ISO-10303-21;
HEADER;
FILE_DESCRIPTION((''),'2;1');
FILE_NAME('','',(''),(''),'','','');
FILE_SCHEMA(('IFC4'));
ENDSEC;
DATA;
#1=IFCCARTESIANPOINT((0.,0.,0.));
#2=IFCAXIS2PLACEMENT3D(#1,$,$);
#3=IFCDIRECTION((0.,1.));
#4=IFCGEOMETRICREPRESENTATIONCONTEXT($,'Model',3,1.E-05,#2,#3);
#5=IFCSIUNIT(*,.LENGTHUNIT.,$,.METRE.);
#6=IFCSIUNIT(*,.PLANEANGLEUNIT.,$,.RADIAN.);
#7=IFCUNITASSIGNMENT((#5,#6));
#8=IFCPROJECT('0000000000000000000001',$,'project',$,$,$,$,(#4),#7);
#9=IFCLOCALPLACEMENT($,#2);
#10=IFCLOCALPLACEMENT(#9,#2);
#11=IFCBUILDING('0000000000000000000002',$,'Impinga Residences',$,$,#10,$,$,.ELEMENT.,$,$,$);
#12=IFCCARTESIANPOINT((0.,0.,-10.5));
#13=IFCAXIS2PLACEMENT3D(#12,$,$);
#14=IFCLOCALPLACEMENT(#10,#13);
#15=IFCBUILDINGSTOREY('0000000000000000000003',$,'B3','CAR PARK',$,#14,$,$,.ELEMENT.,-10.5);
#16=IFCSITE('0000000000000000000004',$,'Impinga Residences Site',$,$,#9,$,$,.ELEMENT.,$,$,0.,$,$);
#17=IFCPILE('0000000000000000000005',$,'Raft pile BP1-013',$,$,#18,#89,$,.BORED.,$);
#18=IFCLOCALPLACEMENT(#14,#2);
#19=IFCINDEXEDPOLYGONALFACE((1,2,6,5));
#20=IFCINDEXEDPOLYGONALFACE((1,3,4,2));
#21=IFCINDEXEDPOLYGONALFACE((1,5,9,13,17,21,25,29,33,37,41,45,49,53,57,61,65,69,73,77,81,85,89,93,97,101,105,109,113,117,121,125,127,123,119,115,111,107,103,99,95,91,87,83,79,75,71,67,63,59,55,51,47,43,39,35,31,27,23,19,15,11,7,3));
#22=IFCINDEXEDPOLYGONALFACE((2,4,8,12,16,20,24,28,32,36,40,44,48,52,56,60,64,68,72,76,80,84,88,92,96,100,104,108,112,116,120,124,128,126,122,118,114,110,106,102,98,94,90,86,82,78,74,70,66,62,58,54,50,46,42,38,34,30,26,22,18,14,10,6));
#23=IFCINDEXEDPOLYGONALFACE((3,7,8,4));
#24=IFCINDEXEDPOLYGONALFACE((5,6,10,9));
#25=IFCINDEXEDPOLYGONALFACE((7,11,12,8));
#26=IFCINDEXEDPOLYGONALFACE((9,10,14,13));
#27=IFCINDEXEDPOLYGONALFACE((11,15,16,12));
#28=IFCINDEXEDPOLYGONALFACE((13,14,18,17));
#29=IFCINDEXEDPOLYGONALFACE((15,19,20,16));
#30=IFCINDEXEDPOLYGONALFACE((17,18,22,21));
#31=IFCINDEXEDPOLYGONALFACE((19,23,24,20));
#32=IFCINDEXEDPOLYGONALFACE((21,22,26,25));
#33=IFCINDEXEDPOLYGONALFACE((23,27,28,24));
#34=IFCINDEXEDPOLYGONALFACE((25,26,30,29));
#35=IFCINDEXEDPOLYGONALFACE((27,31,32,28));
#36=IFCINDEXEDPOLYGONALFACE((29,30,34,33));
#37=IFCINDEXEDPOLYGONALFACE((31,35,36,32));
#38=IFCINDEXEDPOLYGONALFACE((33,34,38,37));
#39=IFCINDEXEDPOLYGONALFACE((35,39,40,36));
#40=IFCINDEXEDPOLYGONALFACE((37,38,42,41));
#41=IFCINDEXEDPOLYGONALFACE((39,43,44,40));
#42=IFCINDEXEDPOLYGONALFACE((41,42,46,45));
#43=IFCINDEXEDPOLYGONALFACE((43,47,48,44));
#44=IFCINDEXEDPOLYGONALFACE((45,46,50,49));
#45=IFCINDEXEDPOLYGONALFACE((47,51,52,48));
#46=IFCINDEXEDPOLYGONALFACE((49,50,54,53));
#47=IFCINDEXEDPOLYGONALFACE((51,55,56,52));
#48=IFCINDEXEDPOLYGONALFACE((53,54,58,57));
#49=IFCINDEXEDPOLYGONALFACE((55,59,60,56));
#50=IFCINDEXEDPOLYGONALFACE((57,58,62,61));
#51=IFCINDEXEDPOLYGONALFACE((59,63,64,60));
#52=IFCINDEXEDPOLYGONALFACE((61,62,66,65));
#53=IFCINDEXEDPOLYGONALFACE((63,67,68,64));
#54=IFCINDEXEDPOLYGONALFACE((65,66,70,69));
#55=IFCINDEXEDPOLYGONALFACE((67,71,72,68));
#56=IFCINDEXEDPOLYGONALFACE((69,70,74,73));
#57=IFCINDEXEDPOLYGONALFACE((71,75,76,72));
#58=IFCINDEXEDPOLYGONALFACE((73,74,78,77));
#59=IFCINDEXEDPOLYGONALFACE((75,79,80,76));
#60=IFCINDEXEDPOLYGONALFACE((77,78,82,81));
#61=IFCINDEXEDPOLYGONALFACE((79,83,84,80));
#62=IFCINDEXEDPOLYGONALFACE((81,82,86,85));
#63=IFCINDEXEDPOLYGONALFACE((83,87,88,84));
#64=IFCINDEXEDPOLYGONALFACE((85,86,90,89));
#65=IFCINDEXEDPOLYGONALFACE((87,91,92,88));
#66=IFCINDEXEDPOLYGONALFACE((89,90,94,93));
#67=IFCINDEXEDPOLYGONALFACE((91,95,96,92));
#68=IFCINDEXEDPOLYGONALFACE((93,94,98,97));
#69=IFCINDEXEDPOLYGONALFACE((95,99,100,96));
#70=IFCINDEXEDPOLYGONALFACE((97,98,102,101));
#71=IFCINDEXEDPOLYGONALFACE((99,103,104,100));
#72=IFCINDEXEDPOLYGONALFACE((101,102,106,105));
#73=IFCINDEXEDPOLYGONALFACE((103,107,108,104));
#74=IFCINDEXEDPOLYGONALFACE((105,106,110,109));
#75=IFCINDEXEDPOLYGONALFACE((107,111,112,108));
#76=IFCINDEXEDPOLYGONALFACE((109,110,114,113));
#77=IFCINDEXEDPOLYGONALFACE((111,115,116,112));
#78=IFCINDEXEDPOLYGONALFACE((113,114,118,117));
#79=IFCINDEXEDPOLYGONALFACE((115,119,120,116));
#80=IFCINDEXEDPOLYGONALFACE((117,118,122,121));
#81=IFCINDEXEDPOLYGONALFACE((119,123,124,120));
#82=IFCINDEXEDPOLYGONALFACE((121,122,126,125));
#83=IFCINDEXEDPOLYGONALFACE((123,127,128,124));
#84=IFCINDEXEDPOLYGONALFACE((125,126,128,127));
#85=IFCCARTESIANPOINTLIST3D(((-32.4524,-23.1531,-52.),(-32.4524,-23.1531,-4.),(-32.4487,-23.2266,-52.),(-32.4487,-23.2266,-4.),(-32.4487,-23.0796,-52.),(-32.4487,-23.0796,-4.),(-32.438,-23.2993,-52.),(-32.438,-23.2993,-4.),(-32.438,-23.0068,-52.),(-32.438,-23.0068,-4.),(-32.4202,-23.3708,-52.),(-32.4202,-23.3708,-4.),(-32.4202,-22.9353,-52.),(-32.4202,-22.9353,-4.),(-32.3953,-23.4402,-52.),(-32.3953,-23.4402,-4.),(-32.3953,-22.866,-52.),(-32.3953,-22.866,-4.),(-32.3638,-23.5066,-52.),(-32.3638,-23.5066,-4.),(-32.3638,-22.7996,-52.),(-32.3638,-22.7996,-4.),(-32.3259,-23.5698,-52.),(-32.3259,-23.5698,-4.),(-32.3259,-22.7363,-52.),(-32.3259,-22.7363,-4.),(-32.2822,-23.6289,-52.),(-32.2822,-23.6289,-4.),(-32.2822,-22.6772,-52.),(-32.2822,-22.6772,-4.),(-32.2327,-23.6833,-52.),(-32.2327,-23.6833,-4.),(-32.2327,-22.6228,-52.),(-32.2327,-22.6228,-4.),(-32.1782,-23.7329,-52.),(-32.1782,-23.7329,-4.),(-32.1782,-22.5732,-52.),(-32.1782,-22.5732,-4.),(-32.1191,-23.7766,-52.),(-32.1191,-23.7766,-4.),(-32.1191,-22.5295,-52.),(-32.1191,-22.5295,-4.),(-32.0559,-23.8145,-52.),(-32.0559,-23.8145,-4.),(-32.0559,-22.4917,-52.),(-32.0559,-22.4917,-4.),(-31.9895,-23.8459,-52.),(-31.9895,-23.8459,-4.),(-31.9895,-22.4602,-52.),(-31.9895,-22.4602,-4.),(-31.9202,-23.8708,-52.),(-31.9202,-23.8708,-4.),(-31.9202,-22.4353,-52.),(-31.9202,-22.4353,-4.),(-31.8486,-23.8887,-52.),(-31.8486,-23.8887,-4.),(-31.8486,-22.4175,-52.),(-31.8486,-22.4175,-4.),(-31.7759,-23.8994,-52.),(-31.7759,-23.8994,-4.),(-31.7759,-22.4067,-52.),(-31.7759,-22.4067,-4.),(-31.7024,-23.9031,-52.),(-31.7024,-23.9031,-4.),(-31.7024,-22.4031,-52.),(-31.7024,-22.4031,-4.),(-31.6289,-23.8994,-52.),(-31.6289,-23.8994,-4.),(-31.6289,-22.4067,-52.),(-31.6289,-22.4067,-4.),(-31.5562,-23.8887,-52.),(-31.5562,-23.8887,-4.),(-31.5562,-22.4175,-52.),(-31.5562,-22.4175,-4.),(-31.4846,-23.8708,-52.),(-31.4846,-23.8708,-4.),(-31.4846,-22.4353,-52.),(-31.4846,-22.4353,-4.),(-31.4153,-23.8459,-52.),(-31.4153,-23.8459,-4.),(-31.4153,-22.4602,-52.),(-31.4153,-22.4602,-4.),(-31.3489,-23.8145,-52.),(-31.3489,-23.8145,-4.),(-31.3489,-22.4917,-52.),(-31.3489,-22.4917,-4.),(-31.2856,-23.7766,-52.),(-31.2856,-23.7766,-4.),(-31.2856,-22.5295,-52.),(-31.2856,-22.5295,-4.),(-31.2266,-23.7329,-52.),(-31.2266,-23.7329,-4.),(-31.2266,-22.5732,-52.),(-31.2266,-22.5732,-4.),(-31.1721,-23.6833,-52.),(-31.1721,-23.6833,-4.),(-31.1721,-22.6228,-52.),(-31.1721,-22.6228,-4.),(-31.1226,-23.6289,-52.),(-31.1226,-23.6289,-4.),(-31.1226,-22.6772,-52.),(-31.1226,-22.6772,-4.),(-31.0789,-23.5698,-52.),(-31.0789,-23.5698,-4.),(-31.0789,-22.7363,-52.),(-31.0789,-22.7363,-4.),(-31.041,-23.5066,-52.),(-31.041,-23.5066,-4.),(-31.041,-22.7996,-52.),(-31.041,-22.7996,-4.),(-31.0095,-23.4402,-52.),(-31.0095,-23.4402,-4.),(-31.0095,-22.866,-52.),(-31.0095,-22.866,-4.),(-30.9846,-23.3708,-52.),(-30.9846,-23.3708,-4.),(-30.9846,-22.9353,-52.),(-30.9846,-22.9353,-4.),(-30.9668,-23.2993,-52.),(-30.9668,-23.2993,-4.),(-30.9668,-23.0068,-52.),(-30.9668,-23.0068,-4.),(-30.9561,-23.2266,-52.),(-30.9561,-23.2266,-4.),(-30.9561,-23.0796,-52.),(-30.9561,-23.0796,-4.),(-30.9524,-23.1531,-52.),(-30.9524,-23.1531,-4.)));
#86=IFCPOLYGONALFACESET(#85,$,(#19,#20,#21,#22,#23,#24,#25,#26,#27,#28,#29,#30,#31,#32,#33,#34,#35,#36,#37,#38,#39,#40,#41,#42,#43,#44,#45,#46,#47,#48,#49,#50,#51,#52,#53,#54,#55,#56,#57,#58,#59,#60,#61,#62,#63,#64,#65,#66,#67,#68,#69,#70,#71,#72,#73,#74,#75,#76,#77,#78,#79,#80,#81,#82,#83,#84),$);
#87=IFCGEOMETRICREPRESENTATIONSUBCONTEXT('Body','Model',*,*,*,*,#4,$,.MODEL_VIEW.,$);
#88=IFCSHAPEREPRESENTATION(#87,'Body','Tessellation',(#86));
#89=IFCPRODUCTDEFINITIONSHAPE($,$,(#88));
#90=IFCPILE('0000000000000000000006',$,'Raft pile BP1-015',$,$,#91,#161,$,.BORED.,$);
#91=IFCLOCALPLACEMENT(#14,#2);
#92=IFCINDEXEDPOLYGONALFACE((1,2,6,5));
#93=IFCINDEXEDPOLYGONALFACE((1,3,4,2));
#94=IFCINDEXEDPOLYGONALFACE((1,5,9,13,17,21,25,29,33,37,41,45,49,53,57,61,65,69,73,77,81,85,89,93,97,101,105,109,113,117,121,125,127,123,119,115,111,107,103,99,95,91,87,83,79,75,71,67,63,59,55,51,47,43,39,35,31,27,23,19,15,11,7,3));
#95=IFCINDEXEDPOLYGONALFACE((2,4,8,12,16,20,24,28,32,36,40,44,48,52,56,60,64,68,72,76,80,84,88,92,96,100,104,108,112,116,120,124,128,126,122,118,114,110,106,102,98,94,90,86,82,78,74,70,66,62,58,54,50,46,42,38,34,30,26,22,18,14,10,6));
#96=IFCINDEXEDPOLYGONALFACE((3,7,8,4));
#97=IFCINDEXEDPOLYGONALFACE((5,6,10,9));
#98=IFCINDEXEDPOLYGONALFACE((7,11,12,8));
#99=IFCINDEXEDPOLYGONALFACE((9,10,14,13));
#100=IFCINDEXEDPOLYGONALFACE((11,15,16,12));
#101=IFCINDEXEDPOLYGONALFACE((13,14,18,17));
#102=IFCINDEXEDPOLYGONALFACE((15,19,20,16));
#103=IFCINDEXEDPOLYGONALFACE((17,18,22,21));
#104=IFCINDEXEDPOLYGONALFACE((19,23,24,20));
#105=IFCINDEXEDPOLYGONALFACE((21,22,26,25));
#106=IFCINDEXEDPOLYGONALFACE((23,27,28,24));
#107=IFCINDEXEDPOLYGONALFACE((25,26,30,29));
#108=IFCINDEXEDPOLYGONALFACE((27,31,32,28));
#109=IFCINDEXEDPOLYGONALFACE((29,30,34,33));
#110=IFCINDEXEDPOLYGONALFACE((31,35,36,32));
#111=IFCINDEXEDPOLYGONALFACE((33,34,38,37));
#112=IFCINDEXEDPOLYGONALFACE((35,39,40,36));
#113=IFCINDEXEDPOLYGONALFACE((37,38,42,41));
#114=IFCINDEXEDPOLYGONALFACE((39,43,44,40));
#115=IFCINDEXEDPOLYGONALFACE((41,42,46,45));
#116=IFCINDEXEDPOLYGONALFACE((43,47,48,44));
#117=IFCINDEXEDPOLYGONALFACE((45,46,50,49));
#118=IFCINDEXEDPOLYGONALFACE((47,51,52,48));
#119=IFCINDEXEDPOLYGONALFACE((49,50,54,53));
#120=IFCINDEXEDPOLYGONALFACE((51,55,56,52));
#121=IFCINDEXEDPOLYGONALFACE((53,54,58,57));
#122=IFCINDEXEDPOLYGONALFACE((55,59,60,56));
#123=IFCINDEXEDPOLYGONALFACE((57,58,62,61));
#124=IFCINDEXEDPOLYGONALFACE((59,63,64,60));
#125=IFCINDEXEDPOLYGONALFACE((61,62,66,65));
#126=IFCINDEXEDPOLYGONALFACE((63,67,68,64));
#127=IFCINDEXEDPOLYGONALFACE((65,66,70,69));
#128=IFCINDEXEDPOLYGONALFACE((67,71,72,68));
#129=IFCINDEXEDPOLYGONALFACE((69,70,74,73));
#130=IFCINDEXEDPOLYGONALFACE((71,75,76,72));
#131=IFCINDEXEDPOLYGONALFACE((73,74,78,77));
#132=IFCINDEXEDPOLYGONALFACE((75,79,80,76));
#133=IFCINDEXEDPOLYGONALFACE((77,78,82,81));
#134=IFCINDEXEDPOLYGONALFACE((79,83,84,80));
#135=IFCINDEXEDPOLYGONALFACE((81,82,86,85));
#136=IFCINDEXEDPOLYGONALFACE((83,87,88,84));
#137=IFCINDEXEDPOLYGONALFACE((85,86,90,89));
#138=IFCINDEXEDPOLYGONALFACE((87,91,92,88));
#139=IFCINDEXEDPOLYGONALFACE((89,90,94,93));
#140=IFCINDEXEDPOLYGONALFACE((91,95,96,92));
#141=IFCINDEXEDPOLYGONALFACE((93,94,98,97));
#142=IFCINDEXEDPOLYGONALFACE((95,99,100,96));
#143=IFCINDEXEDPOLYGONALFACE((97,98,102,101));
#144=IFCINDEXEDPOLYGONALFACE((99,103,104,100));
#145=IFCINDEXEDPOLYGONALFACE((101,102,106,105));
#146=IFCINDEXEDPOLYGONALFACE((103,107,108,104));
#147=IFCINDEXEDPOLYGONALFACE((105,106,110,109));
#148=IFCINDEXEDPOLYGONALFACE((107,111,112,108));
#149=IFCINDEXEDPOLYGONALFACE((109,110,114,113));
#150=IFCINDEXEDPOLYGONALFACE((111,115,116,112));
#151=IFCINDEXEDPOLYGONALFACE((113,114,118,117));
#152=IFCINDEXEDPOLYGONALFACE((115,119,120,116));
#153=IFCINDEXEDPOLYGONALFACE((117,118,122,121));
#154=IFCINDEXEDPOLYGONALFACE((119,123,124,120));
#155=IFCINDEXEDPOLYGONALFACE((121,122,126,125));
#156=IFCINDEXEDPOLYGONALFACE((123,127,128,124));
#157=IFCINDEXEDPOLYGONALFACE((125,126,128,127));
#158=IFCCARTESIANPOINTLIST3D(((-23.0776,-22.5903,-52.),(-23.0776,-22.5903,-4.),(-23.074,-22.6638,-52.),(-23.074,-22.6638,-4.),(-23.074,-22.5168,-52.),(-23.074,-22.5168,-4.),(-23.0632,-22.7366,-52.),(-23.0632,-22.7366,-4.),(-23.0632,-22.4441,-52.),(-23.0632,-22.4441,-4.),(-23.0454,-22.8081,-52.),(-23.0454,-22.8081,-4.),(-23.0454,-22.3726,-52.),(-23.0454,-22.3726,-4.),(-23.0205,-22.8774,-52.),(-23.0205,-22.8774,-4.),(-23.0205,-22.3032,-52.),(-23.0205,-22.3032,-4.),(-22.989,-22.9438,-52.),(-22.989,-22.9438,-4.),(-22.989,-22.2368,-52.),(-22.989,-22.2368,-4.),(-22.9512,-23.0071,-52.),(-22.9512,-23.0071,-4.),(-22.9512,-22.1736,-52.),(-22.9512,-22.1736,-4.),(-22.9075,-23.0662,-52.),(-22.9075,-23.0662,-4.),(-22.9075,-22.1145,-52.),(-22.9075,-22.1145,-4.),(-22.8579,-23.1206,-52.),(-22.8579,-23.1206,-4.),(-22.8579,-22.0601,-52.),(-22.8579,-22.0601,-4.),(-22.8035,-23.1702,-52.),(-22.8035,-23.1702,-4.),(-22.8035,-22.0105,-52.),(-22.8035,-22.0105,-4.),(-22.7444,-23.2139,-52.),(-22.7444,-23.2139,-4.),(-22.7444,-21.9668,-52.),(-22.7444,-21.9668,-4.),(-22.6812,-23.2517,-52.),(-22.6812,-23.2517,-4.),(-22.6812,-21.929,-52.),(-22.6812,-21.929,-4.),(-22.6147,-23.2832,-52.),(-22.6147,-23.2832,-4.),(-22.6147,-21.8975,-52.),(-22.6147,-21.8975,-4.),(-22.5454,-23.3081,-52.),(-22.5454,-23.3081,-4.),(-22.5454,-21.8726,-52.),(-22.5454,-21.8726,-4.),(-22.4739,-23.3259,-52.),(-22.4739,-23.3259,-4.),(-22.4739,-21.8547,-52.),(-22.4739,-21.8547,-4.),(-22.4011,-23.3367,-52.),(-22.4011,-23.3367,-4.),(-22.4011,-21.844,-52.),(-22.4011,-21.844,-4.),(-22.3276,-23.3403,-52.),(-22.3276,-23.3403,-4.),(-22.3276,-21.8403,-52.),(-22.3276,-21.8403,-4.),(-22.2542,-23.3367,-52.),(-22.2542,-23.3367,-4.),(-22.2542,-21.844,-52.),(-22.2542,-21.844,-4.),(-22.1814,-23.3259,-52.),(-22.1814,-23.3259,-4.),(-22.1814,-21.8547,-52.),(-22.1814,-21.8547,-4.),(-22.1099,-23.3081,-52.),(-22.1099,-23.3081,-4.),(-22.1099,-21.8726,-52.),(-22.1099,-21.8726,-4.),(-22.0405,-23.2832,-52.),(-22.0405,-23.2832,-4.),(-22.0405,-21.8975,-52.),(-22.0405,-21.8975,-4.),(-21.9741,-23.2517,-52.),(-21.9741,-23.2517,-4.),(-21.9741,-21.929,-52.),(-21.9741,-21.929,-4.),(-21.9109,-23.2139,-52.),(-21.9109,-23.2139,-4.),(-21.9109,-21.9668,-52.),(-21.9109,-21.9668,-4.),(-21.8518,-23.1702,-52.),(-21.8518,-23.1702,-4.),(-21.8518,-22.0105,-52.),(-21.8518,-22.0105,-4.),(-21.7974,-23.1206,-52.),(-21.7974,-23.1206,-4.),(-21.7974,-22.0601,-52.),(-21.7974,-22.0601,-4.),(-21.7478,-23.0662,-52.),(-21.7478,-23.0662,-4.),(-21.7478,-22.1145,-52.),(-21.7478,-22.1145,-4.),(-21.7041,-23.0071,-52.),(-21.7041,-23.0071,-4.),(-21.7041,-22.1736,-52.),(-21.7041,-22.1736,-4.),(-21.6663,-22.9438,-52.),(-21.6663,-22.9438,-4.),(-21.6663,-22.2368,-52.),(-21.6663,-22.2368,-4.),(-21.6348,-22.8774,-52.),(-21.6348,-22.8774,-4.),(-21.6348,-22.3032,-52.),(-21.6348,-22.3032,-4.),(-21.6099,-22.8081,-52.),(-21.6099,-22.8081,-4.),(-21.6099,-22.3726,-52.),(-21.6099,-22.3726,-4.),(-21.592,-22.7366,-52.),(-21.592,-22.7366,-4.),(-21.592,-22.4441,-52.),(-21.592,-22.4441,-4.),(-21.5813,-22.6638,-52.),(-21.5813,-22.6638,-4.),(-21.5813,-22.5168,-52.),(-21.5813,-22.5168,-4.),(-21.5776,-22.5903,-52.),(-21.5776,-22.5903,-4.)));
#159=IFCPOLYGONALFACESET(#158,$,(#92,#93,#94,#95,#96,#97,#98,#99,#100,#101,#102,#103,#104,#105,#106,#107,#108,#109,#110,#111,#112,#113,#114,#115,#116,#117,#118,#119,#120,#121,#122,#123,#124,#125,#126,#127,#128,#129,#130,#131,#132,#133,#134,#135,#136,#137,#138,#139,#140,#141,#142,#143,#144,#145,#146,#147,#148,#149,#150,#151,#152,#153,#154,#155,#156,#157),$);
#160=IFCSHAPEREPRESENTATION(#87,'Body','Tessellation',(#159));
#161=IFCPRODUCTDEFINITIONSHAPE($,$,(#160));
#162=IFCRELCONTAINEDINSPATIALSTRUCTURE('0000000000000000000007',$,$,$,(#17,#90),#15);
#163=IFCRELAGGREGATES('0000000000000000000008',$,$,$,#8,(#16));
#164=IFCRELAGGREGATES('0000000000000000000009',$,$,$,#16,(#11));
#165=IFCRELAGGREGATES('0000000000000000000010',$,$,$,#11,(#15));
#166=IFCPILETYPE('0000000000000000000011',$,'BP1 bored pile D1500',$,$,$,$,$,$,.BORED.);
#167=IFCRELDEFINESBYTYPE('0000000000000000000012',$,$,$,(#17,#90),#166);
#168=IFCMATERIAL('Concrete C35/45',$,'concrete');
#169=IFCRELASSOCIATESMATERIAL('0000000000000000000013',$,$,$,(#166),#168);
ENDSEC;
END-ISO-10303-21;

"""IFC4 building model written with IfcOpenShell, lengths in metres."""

from ifc_helpers import new_model, si_unit, direction, frame, origin, origin_2d, place, context, subcontext, project, spatial, polyline, circle, outline, extrude, material, material_profile, profile_set, type_object, element, save


model = new_model("IFC4")

# Units and contexts
model_context = context("Model", 3, precision=1e-05, world=origin(), true_north=direction((0.0, 1.0)))
body_context = subcontext(model_context, "Body", "Model", "MODEL_VIEW")
ifc_project = project(units=[si_unit("LENGTHUNIT", "METRE"), si_unit("PLANEANGLEUNIT", "RADIAN")], contexts=[model_context])

# Site, building, storey
site_placement = place(None, origin())
site = spatial("IfcSite", under=ifc_project, at=site_placement, Name="Impinga Residences Site", CompositionType="ELEMENT", RefElevation=0.0)
building_placement = place(site_placement, origin())
building = spatial("IfcBuilding", under=site, at=building_placement, Name="Impinga Residences", CompositionType="ELEMENT")
storey_placement = place(building_placement, frame((0.0, 0.0, -10.5)))
storey = spatial("IfcBuildingStorey", under=building, at=storey_placement, Name="B3", Description="CAR PARK", CompositionType="ELEMENT", Elevation=-10.5)

# Piles
ifc_material_1 = material(Name="Concrete C35/45", Category="concrete")
ifc_material_profile_1 = material_profile(ifc_material_1, circle(Radius=0.75, at=origin_2d()), Name="D1500")
ifc_profile_set_1 = profile_set([ifc_material_profile_1], Name="Concrete C35/45")
pile_type_1 = type_object("IfcPileType", Name="BP1 bored pile D1500", PredefinedType="BORED", material=ifc_profile_set_1)
pile_1_placement = place(storey_placement, frame((-31.7024, -23.1531, -4.0), z_axis=(0.0, 0.0, -1.0), x_axis=(1.0, 0.0, 0.0)))
element("IfcPile", 1, at=pile_1_placement, inside=storey, type_object=pile_type_1, Name="Raft pile BP1-013", PredefinedType="BORED", context=body_context, shape_type="SweptSolid", body=[
    extrude(outline(polyline([(0.75, 0.0), (0.7463, 0.0735), (0.7356, 0.1462), (0.7178, 0.2178), (0.6929, 0.2871), (0.6614, 0.3535), (0.6235, 0.4167), (0.5798, 0.4758), (0.5303, 0.5303), (0.4758, 0.5798), (0.4167, 0.6235), (0.3535, 0.6614), (0.2871, 0.6929), (0.2178, 0.7178), (0.1462, 0.7356), (0.0735, 0.7463), (0.0, 0.75), (-0.0735, 0.7463), (-0.1462, 0.7356), (-0.2178, 0.7178), (-0.2871, 0.6929), (-0.3535, 0.6614), (-0.4167, 0.6235), (-0.4758, 0.5798), (-0.5303, 0.5303), (-0.5798, 0.4758), (-0.6235, 0.4167), (-0.6614, 0.3535), (-0.6929, 0.2871), (-0.7178, 0.2178), (-0.7356, 0.1462), (-0.7463, 0.0735), (-0.75, 0.0), (-0.7463, -0.0735), (-0.7356, -0.1462), (-0.7178, -0.2178), (-0.6929, -0.2871), (-0.6614, -0.3535), (-0.6235, -0.4167), (-0.5798, -0.4758), (-0.5303, -0.5303), (-0.4758, -0.5798), (-0.4167, -0.6235), (-0.3535, -0.6614), (-0.2871, -0.6929), (-0.2178, -0.7178), (-0.1462, -0.7356), (-0.0735, -0.7463), (0.0, -0.75), (0.0735, -0.7463), (0.1462, -0.7356), (0.2178, -0.7178), (0.2871, -0.6929), (0.3535, -0.6614), (0.4167, -0.6235), (0.4758, -0.5798), (0.5303, -0.5303), (0.5798, -0.4758), (0.6235, -0.4167), (0.6614, -0.3535), (0.6929, -0.2871), (0.7178, -0.2178), (0.7356, -0.1462), (0.7463, -0.0735), (0.75, 0.0)])), origin(), (0.0, 0.0, 1.0), 48.0),
])
pile_2_placement = place(storey_placement, frame((-22.3276, -22.5903, -4.0), z_axis=(0.0, 0.0, -1.0), x_axis=(1.0, 0.0, 0.0)))
element("IfcPile", 2, at=pile_2_placement, inside=storey, type_object=pile_type_1, Name="Raft pile BP1-015", PredefinedType="BORED", context=body_context, shape_type="SweptSolid", body=[
    extrude(outline(polyline([(0.75, 0.0), (0.7463, 0.0735), (0.7356, 0.1462), (0.7178, 0.2178), (0.6929, 0.2871), (0.6614, 0.3535), (0.6235, 0.4167), (0.5798, 0.4758), (0.5303, 0.5303), (0.4758, 0.5798), (0.4167, 0.6235), (0.3535, 0.6614), (0.2871, 0.6929), (0.2178, 0.7178), (0.1462, 0.7356), (0.0735, 0.7463), (0.0, 0.75), (-0.0735, 0.7463), (-0.1462, 0.7356), (-0.2178, 0.7178), (-0.2871, 0.6929), (-0.3535, 0.6614), (-0.4167, 0.6235), (-0.4758, 0.5798), (-0.5303, 0.5303), (-0.5798, 0.4758), (-0.6235, 0.4167), (-0.6614, 0.3535), (-0.6929, 0.2871), (-0.7178, 0.2178), (-0.7356, 0.1462), (-0.7463, 0.0735), (-0.75, 0.0), (-0.7463, -0.0735), (-0.7356, -0.1462), (-0.7178, -0.2178), (-0.6929, -0.2871), (-0.6614, -0.3535), (-0.6235, -0.4167), (-0.5798, -0.4758), (-0.5303, -0.5303), (-0.4758, -0.5798), (-0.4167, -0.6235), (-0.3535, -0.6614), (-0.2871, -0.6929), (-0.2178, -0.7178), (-0.1462, -0.7356), (-0.0735, -0.7463), (0.0, -0.75), (0.0735, -0.7463), (0.1462, -0.7356), (0.2178, -0.7178), (0.2871, -0.6929), (0.3535, -0.6614), (0.4167, -0.6235), (0.4758, -0.5798), (0.5303, -0.5303), (0.5798, -0.4758), (0.6235, -0.4167), (0.6614, -0.3535), (0.6929, -0.2871), (0.7178, -0.2178), (0.7356, -0.1462), (0.7463, -0.0735), (0.75, 0.0)])), origin(), (0.0, 0.0, 1.0), 48.0),
])

save(model, "model.ifc")
